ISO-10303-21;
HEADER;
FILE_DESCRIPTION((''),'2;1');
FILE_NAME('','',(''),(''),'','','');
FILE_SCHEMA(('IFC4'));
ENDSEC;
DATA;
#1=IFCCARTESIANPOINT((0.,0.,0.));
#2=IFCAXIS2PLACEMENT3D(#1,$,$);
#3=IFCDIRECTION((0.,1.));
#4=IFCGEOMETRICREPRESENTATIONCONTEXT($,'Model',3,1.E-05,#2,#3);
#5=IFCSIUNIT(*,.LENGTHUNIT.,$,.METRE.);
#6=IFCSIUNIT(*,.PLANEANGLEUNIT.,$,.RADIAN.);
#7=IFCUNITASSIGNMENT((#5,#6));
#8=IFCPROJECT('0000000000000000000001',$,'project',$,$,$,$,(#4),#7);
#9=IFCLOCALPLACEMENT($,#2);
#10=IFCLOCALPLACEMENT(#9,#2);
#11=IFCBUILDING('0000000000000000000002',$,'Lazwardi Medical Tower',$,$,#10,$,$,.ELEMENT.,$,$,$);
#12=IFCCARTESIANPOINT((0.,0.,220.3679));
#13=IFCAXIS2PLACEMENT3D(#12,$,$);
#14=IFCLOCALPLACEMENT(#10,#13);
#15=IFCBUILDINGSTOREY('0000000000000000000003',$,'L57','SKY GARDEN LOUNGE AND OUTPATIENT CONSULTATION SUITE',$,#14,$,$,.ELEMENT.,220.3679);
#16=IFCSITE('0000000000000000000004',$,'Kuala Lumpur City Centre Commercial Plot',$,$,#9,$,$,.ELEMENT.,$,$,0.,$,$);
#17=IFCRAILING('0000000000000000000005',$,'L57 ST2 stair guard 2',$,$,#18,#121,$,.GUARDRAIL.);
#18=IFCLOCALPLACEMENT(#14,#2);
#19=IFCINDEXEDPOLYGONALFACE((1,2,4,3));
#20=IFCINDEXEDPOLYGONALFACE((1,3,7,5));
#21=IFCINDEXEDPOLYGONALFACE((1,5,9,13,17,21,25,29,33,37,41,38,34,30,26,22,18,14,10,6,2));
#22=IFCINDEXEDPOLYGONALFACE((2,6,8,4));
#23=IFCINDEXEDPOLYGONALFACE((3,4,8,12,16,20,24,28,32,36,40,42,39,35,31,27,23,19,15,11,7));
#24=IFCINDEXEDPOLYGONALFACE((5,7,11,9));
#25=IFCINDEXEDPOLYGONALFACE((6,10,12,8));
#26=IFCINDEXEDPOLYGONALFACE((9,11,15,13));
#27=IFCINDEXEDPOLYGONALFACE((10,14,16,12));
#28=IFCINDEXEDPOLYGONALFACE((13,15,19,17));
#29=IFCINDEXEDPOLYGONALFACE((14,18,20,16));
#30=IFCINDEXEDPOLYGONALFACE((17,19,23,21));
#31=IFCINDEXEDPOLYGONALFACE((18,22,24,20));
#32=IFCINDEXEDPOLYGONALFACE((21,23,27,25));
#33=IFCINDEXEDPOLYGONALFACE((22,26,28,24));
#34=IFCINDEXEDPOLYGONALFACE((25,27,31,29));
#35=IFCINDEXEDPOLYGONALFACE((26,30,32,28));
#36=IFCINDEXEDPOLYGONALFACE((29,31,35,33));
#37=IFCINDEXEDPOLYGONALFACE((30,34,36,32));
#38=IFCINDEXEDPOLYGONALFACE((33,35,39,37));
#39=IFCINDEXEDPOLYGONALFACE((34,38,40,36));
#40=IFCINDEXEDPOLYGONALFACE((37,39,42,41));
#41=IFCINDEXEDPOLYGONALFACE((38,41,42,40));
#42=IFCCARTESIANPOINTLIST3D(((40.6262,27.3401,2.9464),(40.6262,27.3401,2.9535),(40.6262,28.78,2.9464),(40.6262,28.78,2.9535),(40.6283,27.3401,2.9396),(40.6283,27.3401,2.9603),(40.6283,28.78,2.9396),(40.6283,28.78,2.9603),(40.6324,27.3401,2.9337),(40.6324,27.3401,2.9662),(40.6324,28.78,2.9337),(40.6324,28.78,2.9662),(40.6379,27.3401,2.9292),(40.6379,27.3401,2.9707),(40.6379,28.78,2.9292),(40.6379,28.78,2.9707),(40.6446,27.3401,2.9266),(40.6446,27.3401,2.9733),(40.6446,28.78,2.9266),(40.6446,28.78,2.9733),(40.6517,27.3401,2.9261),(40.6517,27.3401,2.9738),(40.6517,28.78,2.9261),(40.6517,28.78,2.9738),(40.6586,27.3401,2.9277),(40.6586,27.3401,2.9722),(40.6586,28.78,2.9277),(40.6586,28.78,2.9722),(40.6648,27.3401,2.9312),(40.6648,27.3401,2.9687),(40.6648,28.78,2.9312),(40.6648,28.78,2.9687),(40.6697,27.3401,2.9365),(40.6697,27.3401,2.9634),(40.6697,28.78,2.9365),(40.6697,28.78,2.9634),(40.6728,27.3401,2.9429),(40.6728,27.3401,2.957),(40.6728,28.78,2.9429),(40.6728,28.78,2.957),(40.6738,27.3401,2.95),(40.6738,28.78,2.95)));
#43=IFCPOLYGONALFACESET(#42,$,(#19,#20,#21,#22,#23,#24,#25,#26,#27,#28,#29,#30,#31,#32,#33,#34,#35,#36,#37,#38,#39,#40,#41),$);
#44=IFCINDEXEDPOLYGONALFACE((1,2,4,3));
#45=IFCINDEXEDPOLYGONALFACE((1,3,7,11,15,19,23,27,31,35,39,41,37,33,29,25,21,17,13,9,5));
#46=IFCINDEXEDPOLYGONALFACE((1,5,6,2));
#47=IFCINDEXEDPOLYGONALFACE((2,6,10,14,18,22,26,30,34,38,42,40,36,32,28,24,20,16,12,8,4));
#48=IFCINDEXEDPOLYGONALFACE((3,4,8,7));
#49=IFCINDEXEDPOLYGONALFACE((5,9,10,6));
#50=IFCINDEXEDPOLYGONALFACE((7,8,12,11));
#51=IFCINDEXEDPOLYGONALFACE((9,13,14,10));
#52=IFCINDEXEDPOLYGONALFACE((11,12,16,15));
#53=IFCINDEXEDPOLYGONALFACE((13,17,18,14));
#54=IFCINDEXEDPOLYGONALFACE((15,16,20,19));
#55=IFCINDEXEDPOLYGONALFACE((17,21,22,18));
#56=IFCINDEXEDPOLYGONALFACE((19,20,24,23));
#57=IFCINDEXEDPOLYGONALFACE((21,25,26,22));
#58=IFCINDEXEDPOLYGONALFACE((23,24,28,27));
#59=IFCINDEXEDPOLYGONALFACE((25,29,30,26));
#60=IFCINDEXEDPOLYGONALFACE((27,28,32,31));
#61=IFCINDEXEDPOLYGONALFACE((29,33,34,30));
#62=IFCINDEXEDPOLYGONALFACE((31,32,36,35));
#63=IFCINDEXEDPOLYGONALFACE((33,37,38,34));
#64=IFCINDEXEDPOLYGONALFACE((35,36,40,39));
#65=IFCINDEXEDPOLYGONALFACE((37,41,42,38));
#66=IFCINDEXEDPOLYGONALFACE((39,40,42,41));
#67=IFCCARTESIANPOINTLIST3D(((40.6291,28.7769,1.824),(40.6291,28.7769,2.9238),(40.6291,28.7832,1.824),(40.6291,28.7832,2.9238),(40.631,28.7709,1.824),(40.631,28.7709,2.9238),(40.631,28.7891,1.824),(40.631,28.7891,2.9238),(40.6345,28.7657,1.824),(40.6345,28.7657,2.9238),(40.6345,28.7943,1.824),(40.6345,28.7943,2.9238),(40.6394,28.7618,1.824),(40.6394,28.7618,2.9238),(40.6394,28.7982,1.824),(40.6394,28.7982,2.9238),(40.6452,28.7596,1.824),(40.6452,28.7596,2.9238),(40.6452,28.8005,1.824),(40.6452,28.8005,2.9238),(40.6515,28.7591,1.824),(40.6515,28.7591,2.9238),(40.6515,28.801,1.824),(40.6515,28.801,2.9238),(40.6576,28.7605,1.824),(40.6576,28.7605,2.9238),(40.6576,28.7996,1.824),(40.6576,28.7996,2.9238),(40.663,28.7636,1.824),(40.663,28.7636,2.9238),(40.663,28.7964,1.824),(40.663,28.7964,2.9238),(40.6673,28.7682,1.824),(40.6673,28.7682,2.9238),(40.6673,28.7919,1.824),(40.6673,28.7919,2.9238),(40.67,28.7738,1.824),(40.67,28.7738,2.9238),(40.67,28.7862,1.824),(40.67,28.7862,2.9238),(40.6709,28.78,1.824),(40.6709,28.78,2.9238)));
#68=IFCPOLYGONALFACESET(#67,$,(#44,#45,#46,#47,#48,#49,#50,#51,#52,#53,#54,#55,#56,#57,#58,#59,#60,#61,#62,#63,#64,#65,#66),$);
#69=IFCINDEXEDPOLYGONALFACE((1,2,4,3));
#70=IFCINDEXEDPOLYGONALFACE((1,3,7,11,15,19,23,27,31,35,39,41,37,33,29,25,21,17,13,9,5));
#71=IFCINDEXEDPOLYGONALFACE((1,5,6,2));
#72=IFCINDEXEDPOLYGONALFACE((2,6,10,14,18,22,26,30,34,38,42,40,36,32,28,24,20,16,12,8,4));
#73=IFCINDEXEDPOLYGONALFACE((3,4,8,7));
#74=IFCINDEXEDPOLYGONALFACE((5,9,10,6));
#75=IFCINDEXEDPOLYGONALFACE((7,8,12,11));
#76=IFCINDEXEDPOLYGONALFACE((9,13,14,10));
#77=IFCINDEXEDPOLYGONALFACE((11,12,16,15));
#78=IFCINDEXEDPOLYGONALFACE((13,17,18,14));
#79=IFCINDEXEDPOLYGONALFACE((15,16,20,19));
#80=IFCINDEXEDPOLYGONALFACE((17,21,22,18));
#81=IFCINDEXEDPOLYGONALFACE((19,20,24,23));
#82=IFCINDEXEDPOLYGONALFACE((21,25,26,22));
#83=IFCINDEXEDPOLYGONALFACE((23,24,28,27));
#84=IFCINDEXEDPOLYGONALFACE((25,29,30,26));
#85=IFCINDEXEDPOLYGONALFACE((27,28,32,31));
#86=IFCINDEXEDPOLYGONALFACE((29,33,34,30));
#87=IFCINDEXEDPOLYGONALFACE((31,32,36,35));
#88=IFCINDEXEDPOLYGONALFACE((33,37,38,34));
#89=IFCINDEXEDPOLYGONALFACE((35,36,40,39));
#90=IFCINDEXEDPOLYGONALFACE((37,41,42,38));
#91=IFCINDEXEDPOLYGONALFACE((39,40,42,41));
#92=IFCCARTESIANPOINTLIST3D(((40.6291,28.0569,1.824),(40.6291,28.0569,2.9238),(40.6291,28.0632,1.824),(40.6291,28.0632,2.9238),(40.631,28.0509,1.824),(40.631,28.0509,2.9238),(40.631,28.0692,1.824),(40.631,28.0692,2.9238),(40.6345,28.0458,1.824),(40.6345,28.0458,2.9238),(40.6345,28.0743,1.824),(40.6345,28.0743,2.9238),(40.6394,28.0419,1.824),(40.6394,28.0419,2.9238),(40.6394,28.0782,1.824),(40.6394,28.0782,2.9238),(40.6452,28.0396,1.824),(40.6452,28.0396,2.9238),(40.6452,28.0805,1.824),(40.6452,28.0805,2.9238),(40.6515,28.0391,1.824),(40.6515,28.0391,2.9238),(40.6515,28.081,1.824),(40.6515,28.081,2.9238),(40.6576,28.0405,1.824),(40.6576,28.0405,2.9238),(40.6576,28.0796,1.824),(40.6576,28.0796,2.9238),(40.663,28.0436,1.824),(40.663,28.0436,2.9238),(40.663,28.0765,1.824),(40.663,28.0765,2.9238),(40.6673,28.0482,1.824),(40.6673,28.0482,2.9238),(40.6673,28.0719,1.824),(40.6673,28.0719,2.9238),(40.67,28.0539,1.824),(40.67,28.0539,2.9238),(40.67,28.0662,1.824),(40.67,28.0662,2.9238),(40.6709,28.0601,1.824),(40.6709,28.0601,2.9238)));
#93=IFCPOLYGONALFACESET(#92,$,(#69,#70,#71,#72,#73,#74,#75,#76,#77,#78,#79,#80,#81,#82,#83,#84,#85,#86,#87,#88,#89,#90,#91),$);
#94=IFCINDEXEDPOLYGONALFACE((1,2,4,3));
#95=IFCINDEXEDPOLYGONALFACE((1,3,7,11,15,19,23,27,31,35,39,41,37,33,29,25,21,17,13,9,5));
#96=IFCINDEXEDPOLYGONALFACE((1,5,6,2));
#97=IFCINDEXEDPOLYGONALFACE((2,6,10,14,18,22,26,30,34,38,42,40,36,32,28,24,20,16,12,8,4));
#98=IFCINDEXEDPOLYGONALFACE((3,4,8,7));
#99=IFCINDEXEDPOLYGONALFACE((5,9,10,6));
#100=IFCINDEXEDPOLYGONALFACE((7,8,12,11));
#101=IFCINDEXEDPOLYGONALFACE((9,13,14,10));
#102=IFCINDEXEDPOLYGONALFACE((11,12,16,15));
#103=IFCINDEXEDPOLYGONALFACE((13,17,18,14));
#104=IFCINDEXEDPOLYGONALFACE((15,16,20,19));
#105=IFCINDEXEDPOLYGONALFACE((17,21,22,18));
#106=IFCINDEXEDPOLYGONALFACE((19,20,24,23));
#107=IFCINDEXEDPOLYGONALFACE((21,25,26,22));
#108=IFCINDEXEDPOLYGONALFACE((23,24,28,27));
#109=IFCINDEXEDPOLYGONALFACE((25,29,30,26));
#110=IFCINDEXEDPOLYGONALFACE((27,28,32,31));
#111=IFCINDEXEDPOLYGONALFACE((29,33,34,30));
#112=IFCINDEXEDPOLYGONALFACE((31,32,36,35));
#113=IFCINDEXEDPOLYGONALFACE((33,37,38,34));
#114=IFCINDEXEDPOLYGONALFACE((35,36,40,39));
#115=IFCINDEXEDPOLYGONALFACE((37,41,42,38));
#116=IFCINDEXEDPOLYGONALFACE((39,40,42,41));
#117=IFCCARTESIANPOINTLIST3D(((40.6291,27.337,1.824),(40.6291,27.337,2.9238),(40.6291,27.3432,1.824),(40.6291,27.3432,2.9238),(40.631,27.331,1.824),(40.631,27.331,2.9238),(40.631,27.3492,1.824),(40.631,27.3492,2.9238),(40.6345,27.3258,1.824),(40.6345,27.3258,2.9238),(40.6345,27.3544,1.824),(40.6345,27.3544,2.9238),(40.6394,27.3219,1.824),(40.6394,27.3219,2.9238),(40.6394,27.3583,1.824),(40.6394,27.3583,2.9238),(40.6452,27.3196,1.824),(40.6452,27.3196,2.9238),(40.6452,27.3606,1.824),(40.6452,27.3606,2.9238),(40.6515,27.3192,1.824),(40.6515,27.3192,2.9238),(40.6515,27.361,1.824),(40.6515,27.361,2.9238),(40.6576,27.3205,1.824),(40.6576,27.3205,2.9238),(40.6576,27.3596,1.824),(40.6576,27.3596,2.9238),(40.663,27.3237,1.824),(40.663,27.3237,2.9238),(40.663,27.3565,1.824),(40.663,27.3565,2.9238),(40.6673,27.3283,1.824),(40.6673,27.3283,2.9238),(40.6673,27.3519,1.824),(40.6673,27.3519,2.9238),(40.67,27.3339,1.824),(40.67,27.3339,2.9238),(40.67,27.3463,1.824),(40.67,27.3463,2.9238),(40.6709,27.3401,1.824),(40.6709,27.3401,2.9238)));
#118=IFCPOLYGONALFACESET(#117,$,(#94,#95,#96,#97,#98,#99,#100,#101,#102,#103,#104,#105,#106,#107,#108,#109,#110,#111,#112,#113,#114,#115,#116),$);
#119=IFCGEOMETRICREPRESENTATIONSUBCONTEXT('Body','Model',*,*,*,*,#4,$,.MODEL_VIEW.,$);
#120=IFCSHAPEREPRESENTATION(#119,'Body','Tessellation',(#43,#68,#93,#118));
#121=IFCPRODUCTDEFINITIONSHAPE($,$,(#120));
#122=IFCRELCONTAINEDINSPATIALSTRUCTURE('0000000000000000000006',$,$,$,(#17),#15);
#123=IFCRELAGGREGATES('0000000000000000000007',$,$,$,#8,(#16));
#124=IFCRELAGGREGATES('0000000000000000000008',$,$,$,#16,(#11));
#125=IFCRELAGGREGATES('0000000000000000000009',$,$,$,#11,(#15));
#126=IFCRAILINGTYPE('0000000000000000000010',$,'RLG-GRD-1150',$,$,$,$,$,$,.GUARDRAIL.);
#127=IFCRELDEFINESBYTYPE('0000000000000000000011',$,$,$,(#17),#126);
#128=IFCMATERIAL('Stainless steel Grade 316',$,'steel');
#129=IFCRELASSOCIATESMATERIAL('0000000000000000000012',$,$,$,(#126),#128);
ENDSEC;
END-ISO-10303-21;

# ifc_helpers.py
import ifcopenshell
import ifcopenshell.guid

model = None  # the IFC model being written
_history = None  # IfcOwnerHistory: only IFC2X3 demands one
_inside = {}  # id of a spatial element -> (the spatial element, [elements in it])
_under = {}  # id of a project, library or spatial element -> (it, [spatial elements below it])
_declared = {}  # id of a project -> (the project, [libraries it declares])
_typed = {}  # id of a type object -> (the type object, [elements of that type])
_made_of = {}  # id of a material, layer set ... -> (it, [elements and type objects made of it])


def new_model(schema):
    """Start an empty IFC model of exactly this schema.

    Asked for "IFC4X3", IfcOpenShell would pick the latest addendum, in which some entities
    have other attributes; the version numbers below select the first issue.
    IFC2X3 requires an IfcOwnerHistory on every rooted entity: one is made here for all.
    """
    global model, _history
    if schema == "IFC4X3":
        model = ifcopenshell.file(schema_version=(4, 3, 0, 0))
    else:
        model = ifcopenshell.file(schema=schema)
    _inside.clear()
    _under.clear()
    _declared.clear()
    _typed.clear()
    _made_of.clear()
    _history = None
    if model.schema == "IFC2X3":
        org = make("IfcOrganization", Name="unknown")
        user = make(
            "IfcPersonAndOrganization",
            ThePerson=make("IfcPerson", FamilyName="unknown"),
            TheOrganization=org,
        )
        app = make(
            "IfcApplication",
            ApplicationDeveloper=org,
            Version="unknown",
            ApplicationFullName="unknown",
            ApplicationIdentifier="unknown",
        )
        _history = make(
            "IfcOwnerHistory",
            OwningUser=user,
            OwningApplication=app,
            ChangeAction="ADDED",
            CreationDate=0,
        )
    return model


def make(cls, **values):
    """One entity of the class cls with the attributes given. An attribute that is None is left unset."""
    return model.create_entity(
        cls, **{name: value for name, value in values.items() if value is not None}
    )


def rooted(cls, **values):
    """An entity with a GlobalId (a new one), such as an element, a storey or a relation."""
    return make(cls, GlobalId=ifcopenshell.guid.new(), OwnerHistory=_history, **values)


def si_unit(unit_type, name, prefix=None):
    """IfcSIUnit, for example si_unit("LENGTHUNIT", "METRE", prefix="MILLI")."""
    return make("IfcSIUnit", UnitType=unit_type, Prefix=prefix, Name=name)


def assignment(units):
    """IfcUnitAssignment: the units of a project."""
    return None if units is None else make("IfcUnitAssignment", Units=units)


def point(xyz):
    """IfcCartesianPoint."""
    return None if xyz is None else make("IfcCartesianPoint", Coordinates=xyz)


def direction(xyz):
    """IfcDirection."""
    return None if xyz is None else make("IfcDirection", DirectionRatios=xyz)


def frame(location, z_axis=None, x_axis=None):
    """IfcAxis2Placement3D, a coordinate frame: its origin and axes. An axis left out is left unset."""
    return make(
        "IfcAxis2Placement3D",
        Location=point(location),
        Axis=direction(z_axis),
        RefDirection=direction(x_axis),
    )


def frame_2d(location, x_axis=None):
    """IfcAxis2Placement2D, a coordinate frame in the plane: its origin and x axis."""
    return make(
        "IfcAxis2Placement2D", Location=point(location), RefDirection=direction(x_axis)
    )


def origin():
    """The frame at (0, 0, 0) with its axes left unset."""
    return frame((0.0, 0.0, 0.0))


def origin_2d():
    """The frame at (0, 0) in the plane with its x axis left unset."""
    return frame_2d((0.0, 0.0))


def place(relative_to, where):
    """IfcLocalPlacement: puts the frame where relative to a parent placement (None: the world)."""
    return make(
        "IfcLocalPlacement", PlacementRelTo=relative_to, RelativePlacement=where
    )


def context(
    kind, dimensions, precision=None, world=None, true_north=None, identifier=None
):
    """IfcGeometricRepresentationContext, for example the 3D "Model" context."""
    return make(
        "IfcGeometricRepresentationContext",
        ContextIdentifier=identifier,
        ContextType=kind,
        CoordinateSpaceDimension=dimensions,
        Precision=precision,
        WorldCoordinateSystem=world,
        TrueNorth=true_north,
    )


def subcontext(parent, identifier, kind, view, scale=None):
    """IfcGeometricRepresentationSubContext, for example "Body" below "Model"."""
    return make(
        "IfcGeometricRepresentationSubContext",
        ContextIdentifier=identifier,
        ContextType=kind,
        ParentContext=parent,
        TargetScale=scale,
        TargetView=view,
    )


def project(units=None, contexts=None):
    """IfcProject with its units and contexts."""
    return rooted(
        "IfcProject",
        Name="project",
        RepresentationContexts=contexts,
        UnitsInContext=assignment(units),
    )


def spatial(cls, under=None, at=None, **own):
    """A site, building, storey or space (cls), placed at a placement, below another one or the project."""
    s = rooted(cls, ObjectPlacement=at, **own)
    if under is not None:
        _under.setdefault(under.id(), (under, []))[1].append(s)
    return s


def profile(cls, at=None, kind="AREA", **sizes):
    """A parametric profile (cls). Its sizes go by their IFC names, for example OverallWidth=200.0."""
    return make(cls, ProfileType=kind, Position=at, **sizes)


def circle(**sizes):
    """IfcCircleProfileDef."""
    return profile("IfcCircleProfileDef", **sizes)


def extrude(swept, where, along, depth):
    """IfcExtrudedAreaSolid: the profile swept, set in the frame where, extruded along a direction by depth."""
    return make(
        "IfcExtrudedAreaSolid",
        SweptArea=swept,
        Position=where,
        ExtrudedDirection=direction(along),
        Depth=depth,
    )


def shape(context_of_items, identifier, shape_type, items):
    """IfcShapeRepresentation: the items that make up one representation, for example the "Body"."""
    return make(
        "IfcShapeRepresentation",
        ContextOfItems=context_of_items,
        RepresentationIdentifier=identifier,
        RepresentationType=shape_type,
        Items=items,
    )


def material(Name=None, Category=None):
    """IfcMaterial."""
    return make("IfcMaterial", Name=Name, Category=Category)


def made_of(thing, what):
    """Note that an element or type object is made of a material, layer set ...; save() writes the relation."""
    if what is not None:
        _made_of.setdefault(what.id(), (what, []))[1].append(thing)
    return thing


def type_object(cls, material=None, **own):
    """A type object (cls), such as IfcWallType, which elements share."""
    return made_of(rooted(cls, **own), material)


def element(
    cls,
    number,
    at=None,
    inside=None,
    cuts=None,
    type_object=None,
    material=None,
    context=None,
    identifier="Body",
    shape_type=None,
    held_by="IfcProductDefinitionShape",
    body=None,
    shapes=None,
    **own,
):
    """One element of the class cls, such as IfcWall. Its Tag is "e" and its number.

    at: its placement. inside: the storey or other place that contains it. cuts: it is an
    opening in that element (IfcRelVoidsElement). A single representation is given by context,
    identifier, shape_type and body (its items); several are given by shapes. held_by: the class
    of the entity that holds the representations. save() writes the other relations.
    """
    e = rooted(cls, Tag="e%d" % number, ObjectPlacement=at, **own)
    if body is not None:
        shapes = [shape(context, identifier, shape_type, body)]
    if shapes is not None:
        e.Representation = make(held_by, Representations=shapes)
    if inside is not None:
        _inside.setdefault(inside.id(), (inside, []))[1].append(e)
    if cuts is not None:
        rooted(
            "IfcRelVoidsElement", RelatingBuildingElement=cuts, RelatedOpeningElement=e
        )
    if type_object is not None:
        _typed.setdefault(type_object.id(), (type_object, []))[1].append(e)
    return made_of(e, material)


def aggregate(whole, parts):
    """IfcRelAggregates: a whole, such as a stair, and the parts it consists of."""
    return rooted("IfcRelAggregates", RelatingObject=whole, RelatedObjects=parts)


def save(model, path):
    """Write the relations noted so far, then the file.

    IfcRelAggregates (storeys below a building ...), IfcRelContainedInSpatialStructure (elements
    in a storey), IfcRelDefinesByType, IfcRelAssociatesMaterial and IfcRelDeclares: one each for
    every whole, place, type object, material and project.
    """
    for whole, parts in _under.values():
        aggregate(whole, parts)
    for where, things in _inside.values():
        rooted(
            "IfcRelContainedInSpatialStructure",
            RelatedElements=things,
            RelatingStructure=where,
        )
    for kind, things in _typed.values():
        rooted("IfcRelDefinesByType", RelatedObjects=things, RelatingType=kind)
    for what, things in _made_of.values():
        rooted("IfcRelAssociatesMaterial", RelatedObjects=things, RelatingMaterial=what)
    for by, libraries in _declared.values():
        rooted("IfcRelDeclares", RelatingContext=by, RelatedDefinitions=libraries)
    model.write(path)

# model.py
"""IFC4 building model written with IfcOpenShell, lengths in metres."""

from ifc_helpers import new_model, si_unit, direction, frame, origin, origin_2d, place, context, subcontext, project, spatial, circle, extrude, material, type_object, element, save


model = new_model("IFC4")

# Units and contexts
model_context = context("Model", 3, precision=1e-05, world=origin(), true_north=direction((0.0, 1.0)))
body_context = subcontext(model_context, "Body", "Model", "MODEL_VIEW")
ifc_project = project(units=[si_unit("LENGTHUNIT", "METRE"), si_unit("PLANEANGLEUNIT", "RADIAN")], contexts=[model_context])

# Site, building, storey
site_placement = place(None, origin())
site = spatial("IfcSite", under=ifc_project, at=site_placement, Name="Kuala Lumpur City Centre Commercial Plot", CompositionType="ELEMENT", RefElevation=0.0)
building_placement = place(site_placement, origin())
building = spatial("IfcBuilding", under=site, at=building_placement, Name="Lazwardi Medical Tower", CompositionType="ELEMENT")
storey_placement = place(building_placement, frame((0.0, 0.0, 220.3679)))
storey = spatial("IfcBuildingStorey", under=building, at=storey_placement, Name="L57", Description="SKY GARDEN LOUNGE AND OUTPATIENT CONSULTATION SUITE", CompositionType="ELEMENT", Elevation=220.3679)

# Railing
ifc_material_1 = material(Name="Stainless steel Grade 316", Category="steel")
railing_type_1 = type_object("IfcRailingType", Name="RLG-GRD-1150", PredefinedType="GUARDRAIL", material=ifc_material_1)
railing_1_placement = place(storey_placement, frame((40.6499, 28.78, 1.824)))
element("IfcRailing", 1, at=railing_1_placement, inside=storey, type_object=railing_type_1, Name="L57 ST2 stair guard 2", PredefinedType="GUARDRAIL", context=body_context, shape_type="SweptSolid", body=[
    extrude(circle(Radius=0.0239, at=origin_2d()), frame((0.0, 0.0, 1.126), z_axis=(0.0, -1.0, 0.0), x_axis=(1.0, 0.0, 0.0)), (0.0, 0.0, 1.0), 1.4399),
    extrude(circle(Radius=0.021, at=origin_2d()), origin(), (0.0, 0.0, 1.0), 1.0999),
    extrude(circle(Radius=0.021, at=origin_2d()), frame((0.0, -0.72, 0.0)), (0.0, 0.0, 1.0), 1.0999),
    extrude(circle(Radius=0.021, at=origin_2d()), frame((0.0, -1.4399, 0.0)), (0.0, 0.0, 1.0), 1.0999),
])

save(model, "model.ifc")
